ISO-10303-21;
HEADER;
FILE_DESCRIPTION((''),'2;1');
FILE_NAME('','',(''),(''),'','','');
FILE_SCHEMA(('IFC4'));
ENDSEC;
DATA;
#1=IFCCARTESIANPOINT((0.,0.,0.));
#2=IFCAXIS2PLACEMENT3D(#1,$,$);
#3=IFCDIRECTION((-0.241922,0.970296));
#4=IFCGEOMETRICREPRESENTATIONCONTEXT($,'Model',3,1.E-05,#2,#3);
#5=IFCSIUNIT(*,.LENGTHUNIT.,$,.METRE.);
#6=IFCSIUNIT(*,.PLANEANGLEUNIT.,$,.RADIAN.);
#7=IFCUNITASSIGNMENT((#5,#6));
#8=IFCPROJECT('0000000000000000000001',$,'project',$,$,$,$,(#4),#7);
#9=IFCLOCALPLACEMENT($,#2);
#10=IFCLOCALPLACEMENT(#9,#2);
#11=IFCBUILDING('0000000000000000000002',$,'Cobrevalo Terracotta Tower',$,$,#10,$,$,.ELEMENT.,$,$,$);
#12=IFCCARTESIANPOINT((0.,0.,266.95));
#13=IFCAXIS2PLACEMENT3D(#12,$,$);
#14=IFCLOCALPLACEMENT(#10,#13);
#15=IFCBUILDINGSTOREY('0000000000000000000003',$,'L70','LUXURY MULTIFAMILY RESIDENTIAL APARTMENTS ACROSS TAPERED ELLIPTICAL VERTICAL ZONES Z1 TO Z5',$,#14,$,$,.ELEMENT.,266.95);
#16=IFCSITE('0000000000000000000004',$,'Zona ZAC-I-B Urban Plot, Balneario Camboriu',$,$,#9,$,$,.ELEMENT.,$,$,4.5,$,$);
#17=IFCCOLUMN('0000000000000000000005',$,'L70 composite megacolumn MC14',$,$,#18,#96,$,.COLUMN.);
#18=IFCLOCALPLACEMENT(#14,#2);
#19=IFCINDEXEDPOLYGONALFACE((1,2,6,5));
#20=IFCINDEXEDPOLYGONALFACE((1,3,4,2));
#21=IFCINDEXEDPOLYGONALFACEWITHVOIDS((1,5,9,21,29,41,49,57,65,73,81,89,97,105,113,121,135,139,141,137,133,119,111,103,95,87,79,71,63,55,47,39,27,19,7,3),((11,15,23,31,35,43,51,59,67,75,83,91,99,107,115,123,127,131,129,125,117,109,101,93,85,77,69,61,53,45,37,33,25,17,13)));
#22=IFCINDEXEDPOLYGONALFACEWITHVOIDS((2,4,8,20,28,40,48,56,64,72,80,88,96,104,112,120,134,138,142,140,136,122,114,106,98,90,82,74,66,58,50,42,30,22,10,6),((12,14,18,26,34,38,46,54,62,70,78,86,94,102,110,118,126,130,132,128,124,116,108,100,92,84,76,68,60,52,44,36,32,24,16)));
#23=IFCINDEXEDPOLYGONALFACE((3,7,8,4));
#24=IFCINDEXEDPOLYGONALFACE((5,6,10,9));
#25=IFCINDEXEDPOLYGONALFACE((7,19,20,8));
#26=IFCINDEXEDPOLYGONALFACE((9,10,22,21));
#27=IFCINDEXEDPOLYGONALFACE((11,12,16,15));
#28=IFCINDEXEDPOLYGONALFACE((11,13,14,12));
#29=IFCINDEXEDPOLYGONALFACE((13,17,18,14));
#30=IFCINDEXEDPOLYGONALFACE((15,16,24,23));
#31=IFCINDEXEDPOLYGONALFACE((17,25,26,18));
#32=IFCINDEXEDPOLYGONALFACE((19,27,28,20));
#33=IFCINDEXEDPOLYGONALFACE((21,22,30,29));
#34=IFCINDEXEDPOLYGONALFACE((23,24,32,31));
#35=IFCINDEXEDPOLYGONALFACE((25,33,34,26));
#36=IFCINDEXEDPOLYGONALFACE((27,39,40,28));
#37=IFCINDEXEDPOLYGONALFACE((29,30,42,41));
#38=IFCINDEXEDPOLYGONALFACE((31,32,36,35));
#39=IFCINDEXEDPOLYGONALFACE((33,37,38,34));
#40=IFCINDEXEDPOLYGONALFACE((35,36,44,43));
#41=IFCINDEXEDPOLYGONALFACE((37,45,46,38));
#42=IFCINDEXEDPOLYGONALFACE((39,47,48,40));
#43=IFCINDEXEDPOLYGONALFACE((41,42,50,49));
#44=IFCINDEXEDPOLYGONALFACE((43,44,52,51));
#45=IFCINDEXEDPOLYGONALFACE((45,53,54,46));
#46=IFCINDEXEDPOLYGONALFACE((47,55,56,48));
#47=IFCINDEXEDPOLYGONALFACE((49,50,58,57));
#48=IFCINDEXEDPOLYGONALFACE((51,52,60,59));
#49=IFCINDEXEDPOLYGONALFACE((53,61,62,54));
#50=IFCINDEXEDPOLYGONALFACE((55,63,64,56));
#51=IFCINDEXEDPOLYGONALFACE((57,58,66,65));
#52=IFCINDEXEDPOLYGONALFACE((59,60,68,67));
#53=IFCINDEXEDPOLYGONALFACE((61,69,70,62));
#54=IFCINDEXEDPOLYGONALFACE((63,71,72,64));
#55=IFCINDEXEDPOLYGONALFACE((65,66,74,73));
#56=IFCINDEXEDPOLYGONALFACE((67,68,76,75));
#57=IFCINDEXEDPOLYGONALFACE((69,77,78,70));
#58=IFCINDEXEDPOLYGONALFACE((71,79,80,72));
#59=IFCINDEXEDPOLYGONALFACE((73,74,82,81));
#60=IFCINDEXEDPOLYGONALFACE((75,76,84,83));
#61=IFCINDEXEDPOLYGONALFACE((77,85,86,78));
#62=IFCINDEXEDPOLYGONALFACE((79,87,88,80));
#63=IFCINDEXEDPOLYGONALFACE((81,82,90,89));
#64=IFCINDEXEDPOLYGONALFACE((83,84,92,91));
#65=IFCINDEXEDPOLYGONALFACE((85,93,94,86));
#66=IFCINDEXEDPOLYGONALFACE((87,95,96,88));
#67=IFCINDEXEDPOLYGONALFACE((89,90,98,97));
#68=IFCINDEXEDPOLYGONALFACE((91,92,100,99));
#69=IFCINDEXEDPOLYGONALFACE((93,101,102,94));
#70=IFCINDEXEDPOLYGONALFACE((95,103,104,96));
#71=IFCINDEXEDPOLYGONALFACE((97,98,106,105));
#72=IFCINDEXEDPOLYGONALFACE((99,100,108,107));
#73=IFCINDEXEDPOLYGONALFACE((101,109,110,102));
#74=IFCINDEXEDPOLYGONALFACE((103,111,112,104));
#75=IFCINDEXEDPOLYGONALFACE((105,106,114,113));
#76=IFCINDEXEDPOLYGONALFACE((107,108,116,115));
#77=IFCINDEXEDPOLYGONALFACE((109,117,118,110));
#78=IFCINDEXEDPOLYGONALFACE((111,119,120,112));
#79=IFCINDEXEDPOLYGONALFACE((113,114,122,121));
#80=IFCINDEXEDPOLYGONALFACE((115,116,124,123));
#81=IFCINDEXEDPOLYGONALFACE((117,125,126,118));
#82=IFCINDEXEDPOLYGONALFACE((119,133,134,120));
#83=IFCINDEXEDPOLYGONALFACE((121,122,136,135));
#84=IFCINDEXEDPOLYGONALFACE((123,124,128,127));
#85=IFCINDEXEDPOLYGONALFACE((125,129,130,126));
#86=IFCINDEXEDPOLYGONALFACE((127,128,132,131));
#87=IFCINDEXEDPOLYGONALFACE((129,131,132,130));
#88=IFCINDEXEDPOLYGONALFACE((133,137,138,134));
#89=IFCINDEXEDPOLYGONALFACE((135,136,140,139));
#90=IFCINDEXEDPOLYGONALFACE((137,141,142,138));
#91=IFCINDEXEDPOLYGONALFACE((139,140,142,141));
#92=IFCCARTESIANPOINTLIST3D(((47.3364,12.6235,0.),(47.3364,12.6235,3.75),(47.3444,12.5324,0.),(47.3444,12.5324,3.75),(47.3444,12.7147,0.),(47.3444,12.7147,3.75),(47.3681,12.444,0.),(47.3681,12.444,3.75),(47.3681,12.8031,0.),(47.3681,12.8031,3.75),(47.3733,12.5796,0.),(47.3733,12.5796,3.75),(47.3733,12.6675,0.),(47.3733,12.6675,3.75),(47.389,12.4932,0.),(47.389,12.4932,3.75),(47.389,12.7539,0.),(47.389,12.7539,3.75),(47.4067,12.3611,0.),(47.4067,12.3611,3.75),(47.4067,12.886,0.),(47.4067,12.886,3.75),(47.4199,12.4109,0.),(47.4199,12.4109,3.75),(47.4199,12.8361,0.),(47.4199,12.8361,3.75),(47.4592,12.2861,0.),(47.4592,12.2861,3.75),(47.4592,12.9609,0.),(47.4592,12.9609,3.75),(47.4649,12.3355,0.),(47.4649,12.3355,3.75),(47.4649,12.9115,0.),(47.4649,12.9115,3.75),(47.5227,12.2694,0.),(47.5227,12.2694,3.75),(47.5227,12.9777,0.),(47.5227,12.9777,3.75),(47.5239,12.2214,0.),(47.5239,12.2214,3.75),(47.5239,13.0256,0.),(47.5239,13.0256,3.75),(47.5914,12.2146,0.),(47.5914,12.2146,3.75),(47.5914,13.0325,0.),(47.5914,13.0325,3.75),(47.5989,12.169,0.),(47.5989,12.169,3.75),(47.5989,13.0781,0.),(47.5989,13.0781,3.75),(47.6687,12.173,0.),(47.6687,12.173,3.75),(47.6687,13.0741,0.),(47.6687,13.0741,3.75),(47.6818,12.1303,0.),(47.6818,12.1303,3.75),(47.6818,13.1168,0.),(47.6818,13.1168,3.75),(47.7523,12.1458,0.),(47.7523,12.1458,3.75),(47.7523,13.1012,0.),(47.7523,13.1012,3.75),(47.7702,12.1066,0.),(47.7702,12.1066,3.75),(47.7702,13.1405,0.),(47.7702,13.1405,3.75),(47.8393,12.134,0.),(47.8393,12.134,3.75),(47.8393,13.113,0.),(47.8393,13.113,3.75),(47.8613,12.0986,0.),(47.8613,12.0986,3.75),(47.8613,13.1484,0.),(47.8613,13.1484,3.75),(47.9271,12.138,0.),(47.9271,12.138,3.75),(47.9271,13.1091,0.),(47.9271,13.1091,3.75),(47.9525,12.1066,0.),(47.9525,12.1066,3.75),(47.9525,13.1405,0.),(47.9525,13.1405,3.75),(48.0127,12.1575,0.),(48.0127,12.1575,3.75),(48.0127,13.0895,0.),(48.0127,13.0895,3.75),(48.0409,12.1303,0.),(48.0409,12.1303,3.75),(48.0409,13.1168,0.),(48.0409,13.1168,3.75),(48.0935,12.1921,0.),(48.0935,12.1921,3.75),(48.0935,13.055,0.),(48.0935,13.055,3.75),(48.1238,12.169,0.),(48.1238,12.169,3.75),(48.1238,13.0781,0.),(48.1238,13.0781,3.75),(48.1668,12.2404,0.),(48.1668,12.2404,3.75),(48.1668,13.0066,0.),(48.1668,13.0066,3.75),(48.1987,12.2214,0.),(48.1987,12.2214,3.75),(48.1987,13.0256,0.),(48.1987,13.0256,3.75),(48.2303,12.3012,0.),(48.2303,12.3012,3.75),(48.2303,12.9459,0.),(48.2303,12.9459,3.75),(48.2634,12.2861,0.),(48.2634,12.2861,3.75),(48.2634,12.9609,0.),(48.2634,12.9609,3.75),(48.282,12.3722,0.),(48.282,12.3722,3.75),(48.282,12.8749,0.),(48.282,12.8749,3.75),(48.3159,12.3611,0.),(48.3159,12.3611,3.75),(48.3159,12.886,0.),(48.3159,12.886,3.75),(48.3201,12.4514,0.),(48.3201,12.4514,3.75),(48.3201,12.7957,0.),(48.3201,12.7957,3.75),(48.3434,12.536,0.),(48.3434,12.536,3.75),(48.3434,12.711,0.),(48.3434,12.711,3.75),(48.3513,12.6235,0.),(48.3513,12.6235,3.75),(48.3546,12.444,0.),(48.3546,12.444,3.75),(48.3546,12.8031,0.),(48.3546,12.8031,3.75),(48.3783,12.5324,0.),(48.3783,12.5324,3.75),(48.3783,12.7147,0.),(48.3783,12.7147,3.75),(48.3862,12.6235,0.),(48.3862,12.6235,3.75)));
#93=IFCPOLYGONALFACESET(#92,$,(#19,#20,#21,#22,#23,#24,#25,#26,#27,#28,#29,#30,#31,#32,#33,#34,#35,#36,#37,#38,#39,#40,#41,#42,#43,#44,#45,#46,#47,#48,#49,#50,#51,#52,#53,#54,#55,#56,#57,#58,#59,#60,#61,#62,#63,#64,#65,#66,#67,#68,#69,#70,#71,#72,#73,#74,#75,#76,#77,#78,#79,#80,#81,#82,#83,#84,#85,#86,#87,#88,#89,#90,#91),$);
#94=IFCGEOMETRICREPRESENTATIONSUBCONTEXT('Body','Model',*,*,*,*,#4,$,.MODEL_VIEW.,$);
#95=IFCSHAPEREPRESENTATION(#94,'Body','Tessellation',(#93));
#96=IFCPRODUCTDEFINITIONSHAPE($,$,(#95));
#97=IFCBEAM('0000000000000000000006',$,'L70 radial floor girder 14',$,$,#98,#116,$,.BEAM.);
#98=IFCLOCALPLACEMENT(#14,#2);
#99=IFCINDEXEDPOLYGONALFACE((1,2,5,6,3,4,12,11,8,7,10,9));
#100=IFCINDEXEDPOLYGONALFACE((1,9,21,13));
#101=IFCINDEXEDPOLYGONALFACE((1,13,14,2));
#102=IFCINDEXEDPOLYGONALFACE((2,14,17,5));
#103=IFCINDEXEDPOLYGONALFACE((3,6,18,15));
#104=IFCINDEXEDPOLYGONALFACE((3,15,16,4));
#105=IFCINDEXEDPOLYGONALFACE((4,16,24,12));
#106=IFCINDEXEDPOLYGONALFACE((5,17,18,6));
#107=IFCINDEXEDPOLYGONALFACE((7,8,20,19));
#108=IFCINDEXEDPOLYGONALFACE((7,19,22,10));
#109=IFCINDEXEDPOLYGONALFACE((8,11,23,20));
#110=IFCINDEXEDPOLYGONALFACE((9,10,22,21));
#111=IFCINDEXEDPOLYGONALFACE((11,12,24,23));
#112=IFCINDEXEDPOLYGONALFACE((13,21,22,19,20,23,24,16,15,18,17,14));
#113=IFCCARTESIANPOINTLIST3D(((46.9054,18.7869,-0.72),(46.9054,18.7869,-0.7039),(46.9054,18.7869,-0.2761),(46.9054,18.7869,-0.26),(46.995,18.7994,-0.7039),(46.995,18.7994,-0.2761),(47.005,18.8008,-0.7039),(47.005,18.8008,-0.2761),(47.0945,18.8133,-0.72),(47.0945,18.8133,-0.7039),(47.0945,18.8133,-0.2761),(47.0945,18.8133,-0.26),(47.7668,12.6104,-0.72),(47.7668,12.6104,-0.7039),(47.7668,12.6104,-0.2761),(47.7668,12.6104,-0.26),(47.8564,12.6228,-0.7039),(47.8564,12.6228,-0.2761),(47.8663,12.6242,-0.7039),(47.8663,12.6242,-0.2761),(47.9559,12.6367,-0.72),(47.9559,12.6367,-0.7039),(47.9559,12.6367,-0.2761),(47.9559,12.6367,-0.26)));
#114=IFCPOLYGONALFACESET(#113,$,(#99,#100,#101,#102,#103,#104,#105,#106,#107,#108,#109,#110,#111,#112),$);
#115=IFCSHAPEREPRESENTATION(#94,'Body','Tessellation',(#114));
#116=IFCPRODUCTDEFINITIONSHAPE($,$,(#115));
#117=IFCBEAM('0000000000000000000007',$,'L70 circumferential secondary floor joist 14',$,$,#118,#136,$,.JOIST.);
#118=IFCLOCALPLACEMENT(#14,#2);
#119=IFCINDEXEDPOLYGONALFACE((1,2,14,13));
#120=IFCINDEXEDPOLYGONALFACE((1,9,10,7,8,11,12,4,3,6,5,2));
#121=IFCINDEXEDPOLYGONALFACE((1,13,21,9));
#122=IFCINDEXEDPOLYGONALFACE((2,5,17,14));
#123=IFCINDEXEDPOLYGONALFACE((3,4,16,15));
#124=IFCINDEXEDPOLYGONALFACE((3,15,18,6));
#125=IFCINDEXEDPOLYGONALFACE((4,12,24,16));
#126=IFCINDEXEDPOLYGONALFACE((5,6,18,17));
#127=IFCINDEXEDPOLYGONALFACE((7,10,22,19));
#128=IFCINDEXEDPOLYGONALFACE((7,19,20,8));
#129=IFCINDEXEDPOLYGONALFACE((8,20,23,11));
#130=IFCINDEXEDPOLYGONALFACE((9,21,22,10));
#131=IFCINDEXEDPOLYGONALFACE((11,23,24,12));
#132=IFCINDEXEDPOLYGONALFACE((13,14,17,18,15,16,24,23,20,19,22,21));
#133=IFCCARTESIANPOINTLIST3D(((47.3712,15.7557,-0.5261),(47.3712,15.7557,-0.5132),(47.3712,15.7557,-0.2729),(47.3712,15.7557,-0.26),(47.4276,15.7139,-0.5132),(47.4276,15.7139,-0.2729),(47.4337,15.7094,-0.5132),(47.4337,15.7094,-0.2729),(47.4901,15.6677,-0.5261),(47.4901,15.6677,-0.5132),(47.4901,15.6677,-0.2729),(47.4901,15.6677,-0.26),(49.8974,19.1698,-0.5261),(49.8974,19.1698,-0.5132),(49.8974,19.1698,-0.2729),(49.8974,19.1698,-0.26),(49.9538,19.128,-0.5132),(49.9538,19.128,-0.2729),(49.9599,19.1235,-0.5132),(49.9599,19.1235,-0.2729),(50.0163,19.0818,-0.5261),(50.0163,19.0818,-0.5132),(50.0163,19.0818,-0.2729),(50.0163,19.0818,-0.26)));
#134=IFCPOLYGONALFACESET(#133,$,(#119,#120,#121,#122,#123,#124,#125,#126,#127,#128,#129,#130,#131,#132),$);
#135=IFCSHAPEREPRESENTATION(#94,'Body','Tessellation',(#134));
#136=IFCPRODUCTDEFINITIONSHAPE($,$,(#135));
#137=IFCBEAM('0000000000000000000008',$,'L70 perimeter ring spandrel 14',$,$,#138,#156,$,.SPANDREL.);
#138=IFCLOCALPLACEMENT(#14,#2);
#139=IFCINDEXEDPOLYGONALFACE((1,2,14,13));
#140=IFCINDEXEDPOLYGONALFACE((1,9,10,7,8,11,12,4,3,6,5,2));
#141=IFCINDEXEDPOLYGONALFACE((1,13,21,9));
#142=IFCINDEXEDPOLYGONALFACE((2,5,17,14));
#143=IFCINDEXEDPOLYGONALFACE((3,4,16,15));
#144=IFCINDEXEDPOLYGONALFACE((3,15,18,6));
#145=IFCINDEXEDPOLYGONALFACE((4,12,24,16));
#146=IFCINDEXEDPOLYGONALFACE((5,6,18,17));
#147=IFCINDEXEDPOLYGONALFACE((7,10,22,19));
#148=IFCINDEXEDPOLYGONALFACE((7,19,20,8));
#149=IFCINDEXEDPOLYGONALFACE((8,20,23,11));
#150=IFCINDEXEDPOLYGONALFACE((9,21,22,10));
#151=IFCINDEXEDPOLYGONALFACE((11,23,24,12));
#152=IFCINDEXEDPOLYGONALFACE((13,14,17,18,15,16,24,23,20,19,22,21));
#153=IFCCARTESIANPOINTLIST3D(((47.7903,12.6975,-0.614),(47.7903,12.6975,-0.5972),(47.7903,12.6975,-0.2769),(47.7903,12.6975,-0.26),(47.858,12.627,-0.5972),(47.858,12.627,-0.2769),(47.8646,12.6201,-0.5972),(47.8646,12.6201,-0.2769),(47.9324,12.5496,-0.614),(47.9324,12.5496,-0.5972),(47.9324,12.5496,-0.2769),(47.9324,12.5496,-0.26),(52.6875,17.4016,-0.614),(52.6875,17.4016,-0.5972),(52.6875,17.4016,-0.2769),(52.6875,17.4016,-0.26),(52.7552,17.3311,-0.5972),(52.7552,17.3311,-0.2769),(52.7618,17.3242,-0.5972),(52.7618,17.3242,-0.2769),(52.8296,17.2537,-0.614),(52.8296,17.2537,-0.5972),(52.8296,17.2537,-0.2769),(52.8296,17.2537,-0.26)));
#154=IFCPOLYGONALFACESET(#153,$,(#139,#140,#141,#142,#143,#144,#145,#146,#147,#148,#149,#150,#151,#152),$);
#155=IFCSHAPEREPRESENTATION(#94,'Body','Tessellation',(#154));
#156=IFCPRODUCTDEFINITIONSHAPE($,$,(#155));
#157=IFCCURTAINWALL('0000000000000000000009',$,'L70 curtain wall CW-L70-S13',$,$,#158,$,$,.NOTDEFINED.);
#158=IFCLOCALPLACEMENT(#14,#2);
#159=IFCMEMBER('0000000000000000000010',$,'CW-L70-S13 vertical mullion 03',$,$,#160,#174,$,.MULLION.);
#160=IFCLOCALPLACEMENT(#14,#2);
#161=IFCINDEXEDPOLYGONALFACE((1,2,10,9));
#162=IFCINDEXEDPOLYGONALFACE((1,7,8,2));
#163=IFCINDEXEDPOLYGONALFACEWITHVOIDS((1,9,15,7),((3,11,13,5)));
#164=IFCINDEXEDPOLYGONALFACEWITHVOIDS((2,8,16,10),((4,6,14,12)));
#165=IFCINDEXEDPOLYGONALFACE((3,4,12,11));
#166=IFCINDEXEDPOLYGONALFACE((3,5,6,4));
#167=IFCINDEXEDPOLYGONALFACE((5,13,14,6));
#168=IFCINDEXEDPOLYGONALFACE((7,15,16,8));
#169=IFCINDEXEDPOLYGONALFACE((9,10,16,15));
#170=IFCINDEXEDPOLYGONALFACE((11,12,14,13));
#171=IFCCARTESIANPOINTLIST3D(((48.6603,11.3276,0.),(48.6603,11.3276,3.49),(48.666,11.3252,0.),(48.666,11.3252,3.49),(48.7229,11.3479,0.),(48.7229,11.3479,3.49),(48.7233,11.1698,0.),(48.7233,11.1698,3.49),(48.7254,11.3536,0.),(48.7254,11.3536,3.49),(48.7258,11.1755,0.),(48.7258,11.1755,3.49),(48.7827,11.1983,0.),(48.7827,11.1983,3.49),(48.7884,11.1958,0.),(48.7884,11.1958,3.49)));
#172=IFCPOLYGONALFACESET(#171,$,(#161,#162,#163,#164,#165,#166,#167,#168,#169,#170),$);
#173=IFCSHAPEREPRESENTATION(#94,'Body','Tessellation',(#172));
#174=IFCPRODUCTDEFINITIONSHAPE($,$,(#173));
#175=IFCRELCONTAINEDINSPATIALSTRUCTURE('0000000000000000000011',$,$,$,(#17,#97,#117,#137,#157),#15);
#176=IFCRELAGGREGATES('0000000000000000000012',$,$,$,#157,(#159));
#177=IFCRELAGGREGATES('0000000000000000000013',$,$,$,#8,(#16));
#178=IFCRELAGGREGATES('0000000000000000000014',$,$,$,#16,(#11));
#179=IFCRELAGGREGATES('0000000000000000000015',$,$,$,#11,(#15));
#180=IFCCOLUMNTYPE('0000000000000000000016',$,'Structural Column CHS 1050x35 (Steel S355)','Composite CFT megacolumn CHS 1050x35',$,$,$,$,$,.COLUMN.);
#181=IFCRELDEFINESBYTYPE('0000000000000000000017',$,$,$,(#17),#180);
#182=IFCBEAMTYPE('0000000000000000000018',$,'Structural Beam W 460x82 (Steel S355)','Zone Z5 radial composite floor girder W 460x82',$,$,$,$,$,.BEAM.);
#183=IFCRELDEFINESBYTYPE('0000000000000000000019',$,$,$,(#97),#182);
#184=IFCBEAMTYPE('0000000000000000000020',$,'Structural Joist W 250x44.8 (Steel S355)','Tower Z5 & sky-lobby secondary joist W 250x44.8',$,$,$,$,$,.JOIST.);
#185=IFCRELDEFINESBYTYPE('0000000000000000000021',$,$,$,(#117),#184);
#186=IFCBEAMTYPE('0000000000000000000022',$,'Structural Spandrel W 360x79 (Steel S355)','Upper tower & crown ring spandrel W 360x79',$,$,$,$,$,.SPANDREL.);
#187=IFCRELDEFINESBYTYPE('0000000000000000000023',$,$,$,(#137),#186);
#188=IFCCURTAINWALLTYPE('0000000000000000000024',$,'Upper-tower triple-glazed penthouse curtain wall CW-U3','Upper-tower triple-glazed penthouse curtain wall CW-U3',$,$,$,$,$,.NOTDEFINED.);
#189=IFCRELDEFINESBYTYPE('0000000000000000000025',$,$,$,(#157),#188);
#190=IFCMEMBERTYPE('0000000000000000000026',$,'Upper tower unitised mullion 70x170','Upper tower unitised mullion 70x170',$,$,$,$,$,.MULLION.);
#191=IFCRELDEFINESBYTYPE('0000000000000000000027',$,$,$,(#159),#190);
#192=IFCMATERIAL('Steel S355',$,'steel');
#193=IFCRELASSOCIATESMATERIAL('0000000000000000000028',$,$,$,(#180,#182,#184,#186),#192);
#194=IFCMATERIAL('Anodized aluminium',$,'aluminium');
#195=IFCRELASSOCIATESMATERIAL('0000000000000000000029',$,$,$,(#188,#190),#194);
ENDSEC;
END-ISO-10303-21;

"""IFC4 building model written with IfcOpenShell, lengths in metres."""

from ifc_helpers import new_model, si_unit, direction, frame, origin, origin_2d, place, context, subcontext, project, spatial, hollow_rectangle, hollow_circle, i_section, extrude, source, transform, mapped, material, material_profile, profile_set, type_object, element, aggregate, save


model = new_model("IFC4")

# Units and contexts
model_context = context("Model", 3, precision=1e-05, world=origin(), true_north=direction((-0.241922, 0.970296)))
body_context = subcontext(model_context, "Body", "Model", "MODEL_VIEW")
ifc_project = project(units=[si_unit("LENGTHUNIT", "METRE"), si_unit("PLANEANGLEUNIT", "RADIAN")], contexts=[model_context])

# Site, building, storey
site_placement = place(None, origin())
site = spatial("IfcSite", under=ifc_project, at=site_placement, Name="Zona ZAC-I-B Urban Plot, Balneario Camboriu", CompositionType="ELEMENT", RefElevation=4.5)
building_placement = place(site_placement, origin())
building = spatial("IfcBuilding", under=site, at=building_placement, Name="Cobrevalo Terracotta Tower", CompositionType="ELEMENT")
storey_placement = place(building_placement, frame((0.0, 0.0, 266.95)))
storey = spatial("IfcBuildingStorey", under=building, at=storey_placement, Name="L70", Description="LUXURY MULTIFAMILY RESIDENTIAL APARTMENTS ACROSS TAPERED ELLIPTICAL VERTICAL ZONES Z1 TO Z5", CompositionType="ELEMENT", Elevation=266.95)

# Column
ifc_material_1 = material(Name="Steel S355", Category="steel")
ifc_material_profile_1 = material_profile(ifc_material_1, hollow_circle(Radius=0.5249, WallThickness=0.0349, at=origin_2d()), Name="CHS 1050x35")
ifc_profile_set_1 = profile_set([ifc_material_profile_1], Name="Steel S355")
column_type = type_object("IfcColumnType", Name="Structural Column CHS 1050x35 (Steel S355)", Description="Composite CFT megacolumn CHS 1050x35", PredefinedType="COLUMN", material=ifc_profile_set_1)
column_placement = place(storey_placement, frame((47.8613, 12.6235, 0.0), z_axis=(0.0, 0.0, 1.0), x_axis=(1.0, 0.0, 0.0)))
element("IfcColumn", 1, at=column_placement, inside=storey, type_object=column_type, Name="L70 composite megacolumn MC14", PredefinedType="COLUMN", context=body_context, shape_type="SweptSolid", body=[
    extrude(hollow_circle(Radius=0.5249, WallThickness=0.0349, at=origin_2d()), origin(), (0.0, 0.0, 1.0), 3.75),
])

# Beams
ifc_material_profile_2 = material_profile(ifc_material_1, i_section(OverallWidth=0.1909, OverallDepth=0.46, WebThickness=0.01, FlangeThickness=0.0161, at=origin_2d()), Name="W 460x82")
ifc_profile_set_2 = profile_set([ifc_material_profile_2], Name="Steel S355")
beam_type_1 = type_object("IfcBeamType", Name="Structural Beam W 460x82 (Steel S355)", Description="Zone Z5 radial composite floor girder W 460x82", PredefinedType="BEAM", material=ifc_profile_set_2)
beam_1_placement = place(storey_placement, frame((47.8613, 12.6235, -0.49), z_axis=(-0.138116, 0.990416, 0.0), x_axis=(-0.990416, -0.138116, 0.0)))
element("IfcBeam", 2, at=beam_1_placement, inside=storey, type_object=beam_type_1, Name="L70 radial floor girder 14", PredefinedType="BEAM", context=body_context, shape_type="SweptSolid", body=[
    extrude(i_section(OverallWidth=0.1909, OverallDepth=0.46, WebThickness=0.01, FlangeThickness=0.0161, at=origin_2d()), origin(), (0.0, 0.0, 1.0), 6.2363),
])
ifc_material_profile_3 = material_profile(ifc_material_1, i_section(OverallWidth=0.1479, OverallDepth=0.2661, WebThickness=0.0076, FlangeThickness=0.0129, at=origin_2d()), Name="W 250x44.8")
ifc_profile_set_3 = profile_set([ifc_material_profile_3], Name="Steel S355")
beam_type_2 = type_object("IfcBeamType", Name="Structural Joist W 250x44.8 (Steel S355)", Description="Tower Z5 & sky-lobby secondary joist W 250x44.8", PredefinedType="JOIST", material=ifc_profile_set_3)
beam_2_placement = place(storey_placement, frame((47.4307, 15.7117, -0.3931), z_axis=(0.5948, 0.803874, 0.0), x_axis=(-0.803874, 0.5948, 0.0)))
element("IfcBeam", 3, at=beam_2_placement, inside=storey, type_object=beam_type_2, Name="L70 circumferential secondary floor joist 14", PredefinedType="JOIST", context=body_context, shape_type="SweptSolid", body=[
    extrude(i_section(OverallWidth=0.1479, OverallDepth=0.2661, WebThickness=0.0076, FlangeThickness=0.0129, at=origin_2d()), origin(), (0.0, 0.0, 1.0), 4.2471),
])
ifc_material_profile_4 = material_profile(ifc_material_1, i_section(OverallWidth=0.2051, OverallDepth=0.354, WebThickness=0.0095, FlangeThickness=0.0168, at=origin_2d()), Name="W 360x79")
ifc_profile_set_4 = profile_set([ifc_material_profile_4], Name="Steel S355")
beam_type_3 = type_object("IfcBeamType", Name="Structural Spandrel W 360x79 (Steel S355)", Description="Upper tower & crown ring spandrel W 360x79", PredefinedType="SPANDREL", material=ifc_profile_set_4)
beam_3_placement = place(storey_placement, frame((47.8613, 12.6235, -0.437), z_axis=(0.721183, 0.692744, 0.0), x_axis=(-0.692744, 0.721183, 0.0)))
element("IfcBeam", 4, at=beam_3_placement, inside=storey, type_object=beam_type_3, Name="L70 perimeter ring spandrel 14", PredefinedType="SPANDREL", context=body_context, shape_type="SweptSolid", body=[
    extrude(i_section(OverallWidth=0.2051, OverallDepth=0.354, WebThickness=0.0095, FlangeThickness=0.0168, at=origin_2d()), origin(), (0.0, 0.0, 1.0), 6.7905),
])

# Curtain wall, member
ifc_material_2 = material(Name="Anodized aluminium", Category="aluminium")
curtain_wall_type = type_object("IfcCurtainWallType", Name="Upper-tower triple-glazed penthouse curtain wall CW-U3", Description="Upper-tower triple-glazed penthouse curtain wall CW-U3", PredefinedType="NOTDEFINED", material=ifc_material_2)
curtain_wall_1_placement = place(storey_placement, origin())
curtain_wall_1 = element("IfcCurtainWall", 5, at=curtain_wall_1_placement, inside=storey, type_object=curtain_wall_type, Name="L70 curtain wall CW-L70-S13", PredefinedType="NOTDEFINED")
ifc_material_profile_5 = material_profile(ifc_material_2, hollow_rectangle(XDim=0.0701, YDim=0.1699, WallThickness=0.0044, at=origin_2d()), Name="CWM 70x170")
ifc_profile_set_5 = profile_set([ifc_material_profile_5], Name="Anodized aluminium")
member_type_1 = type_object("IfcMemberType", Name="Upper tower unitised mullion 70x170", Description="Upper tower unitised mullion 70x170", PredefinedType="MULLION", material=ifc_profile_set_5)
shared_shape_1 = source(origin(), body_context, "Body", "SweptSolid", [
    extrude(hollow_rectangle(XDim=0.0701, YDim=0.1699, WallThickness=0.0044, at=origin_2d()), origin(), (0.0, 0.0, 1.0), 3.49),
])
member_1_placement = place(storey_placement, frame((48.7244, 11.2617, 0.0), z_axis=(0.0, 0.0, 1.0), x_axis=(0.928719, 0.370784, 0.0)))
member_1 = element("IfcMember", 6, at=member_1_placement, type_object=member_type_1, Name="CW-L70-S13 vertical mullion 03", PredefinedType="MULLION", context=body_context, shape_type="MappedRepresentation", body=[
    mapped(shared_shape_1, transform((0.0, 0.0, 0.0), scale=1.0)),
])
aggregate(curtain_wall_1, [member_1])

save(model, "model.ifc")
